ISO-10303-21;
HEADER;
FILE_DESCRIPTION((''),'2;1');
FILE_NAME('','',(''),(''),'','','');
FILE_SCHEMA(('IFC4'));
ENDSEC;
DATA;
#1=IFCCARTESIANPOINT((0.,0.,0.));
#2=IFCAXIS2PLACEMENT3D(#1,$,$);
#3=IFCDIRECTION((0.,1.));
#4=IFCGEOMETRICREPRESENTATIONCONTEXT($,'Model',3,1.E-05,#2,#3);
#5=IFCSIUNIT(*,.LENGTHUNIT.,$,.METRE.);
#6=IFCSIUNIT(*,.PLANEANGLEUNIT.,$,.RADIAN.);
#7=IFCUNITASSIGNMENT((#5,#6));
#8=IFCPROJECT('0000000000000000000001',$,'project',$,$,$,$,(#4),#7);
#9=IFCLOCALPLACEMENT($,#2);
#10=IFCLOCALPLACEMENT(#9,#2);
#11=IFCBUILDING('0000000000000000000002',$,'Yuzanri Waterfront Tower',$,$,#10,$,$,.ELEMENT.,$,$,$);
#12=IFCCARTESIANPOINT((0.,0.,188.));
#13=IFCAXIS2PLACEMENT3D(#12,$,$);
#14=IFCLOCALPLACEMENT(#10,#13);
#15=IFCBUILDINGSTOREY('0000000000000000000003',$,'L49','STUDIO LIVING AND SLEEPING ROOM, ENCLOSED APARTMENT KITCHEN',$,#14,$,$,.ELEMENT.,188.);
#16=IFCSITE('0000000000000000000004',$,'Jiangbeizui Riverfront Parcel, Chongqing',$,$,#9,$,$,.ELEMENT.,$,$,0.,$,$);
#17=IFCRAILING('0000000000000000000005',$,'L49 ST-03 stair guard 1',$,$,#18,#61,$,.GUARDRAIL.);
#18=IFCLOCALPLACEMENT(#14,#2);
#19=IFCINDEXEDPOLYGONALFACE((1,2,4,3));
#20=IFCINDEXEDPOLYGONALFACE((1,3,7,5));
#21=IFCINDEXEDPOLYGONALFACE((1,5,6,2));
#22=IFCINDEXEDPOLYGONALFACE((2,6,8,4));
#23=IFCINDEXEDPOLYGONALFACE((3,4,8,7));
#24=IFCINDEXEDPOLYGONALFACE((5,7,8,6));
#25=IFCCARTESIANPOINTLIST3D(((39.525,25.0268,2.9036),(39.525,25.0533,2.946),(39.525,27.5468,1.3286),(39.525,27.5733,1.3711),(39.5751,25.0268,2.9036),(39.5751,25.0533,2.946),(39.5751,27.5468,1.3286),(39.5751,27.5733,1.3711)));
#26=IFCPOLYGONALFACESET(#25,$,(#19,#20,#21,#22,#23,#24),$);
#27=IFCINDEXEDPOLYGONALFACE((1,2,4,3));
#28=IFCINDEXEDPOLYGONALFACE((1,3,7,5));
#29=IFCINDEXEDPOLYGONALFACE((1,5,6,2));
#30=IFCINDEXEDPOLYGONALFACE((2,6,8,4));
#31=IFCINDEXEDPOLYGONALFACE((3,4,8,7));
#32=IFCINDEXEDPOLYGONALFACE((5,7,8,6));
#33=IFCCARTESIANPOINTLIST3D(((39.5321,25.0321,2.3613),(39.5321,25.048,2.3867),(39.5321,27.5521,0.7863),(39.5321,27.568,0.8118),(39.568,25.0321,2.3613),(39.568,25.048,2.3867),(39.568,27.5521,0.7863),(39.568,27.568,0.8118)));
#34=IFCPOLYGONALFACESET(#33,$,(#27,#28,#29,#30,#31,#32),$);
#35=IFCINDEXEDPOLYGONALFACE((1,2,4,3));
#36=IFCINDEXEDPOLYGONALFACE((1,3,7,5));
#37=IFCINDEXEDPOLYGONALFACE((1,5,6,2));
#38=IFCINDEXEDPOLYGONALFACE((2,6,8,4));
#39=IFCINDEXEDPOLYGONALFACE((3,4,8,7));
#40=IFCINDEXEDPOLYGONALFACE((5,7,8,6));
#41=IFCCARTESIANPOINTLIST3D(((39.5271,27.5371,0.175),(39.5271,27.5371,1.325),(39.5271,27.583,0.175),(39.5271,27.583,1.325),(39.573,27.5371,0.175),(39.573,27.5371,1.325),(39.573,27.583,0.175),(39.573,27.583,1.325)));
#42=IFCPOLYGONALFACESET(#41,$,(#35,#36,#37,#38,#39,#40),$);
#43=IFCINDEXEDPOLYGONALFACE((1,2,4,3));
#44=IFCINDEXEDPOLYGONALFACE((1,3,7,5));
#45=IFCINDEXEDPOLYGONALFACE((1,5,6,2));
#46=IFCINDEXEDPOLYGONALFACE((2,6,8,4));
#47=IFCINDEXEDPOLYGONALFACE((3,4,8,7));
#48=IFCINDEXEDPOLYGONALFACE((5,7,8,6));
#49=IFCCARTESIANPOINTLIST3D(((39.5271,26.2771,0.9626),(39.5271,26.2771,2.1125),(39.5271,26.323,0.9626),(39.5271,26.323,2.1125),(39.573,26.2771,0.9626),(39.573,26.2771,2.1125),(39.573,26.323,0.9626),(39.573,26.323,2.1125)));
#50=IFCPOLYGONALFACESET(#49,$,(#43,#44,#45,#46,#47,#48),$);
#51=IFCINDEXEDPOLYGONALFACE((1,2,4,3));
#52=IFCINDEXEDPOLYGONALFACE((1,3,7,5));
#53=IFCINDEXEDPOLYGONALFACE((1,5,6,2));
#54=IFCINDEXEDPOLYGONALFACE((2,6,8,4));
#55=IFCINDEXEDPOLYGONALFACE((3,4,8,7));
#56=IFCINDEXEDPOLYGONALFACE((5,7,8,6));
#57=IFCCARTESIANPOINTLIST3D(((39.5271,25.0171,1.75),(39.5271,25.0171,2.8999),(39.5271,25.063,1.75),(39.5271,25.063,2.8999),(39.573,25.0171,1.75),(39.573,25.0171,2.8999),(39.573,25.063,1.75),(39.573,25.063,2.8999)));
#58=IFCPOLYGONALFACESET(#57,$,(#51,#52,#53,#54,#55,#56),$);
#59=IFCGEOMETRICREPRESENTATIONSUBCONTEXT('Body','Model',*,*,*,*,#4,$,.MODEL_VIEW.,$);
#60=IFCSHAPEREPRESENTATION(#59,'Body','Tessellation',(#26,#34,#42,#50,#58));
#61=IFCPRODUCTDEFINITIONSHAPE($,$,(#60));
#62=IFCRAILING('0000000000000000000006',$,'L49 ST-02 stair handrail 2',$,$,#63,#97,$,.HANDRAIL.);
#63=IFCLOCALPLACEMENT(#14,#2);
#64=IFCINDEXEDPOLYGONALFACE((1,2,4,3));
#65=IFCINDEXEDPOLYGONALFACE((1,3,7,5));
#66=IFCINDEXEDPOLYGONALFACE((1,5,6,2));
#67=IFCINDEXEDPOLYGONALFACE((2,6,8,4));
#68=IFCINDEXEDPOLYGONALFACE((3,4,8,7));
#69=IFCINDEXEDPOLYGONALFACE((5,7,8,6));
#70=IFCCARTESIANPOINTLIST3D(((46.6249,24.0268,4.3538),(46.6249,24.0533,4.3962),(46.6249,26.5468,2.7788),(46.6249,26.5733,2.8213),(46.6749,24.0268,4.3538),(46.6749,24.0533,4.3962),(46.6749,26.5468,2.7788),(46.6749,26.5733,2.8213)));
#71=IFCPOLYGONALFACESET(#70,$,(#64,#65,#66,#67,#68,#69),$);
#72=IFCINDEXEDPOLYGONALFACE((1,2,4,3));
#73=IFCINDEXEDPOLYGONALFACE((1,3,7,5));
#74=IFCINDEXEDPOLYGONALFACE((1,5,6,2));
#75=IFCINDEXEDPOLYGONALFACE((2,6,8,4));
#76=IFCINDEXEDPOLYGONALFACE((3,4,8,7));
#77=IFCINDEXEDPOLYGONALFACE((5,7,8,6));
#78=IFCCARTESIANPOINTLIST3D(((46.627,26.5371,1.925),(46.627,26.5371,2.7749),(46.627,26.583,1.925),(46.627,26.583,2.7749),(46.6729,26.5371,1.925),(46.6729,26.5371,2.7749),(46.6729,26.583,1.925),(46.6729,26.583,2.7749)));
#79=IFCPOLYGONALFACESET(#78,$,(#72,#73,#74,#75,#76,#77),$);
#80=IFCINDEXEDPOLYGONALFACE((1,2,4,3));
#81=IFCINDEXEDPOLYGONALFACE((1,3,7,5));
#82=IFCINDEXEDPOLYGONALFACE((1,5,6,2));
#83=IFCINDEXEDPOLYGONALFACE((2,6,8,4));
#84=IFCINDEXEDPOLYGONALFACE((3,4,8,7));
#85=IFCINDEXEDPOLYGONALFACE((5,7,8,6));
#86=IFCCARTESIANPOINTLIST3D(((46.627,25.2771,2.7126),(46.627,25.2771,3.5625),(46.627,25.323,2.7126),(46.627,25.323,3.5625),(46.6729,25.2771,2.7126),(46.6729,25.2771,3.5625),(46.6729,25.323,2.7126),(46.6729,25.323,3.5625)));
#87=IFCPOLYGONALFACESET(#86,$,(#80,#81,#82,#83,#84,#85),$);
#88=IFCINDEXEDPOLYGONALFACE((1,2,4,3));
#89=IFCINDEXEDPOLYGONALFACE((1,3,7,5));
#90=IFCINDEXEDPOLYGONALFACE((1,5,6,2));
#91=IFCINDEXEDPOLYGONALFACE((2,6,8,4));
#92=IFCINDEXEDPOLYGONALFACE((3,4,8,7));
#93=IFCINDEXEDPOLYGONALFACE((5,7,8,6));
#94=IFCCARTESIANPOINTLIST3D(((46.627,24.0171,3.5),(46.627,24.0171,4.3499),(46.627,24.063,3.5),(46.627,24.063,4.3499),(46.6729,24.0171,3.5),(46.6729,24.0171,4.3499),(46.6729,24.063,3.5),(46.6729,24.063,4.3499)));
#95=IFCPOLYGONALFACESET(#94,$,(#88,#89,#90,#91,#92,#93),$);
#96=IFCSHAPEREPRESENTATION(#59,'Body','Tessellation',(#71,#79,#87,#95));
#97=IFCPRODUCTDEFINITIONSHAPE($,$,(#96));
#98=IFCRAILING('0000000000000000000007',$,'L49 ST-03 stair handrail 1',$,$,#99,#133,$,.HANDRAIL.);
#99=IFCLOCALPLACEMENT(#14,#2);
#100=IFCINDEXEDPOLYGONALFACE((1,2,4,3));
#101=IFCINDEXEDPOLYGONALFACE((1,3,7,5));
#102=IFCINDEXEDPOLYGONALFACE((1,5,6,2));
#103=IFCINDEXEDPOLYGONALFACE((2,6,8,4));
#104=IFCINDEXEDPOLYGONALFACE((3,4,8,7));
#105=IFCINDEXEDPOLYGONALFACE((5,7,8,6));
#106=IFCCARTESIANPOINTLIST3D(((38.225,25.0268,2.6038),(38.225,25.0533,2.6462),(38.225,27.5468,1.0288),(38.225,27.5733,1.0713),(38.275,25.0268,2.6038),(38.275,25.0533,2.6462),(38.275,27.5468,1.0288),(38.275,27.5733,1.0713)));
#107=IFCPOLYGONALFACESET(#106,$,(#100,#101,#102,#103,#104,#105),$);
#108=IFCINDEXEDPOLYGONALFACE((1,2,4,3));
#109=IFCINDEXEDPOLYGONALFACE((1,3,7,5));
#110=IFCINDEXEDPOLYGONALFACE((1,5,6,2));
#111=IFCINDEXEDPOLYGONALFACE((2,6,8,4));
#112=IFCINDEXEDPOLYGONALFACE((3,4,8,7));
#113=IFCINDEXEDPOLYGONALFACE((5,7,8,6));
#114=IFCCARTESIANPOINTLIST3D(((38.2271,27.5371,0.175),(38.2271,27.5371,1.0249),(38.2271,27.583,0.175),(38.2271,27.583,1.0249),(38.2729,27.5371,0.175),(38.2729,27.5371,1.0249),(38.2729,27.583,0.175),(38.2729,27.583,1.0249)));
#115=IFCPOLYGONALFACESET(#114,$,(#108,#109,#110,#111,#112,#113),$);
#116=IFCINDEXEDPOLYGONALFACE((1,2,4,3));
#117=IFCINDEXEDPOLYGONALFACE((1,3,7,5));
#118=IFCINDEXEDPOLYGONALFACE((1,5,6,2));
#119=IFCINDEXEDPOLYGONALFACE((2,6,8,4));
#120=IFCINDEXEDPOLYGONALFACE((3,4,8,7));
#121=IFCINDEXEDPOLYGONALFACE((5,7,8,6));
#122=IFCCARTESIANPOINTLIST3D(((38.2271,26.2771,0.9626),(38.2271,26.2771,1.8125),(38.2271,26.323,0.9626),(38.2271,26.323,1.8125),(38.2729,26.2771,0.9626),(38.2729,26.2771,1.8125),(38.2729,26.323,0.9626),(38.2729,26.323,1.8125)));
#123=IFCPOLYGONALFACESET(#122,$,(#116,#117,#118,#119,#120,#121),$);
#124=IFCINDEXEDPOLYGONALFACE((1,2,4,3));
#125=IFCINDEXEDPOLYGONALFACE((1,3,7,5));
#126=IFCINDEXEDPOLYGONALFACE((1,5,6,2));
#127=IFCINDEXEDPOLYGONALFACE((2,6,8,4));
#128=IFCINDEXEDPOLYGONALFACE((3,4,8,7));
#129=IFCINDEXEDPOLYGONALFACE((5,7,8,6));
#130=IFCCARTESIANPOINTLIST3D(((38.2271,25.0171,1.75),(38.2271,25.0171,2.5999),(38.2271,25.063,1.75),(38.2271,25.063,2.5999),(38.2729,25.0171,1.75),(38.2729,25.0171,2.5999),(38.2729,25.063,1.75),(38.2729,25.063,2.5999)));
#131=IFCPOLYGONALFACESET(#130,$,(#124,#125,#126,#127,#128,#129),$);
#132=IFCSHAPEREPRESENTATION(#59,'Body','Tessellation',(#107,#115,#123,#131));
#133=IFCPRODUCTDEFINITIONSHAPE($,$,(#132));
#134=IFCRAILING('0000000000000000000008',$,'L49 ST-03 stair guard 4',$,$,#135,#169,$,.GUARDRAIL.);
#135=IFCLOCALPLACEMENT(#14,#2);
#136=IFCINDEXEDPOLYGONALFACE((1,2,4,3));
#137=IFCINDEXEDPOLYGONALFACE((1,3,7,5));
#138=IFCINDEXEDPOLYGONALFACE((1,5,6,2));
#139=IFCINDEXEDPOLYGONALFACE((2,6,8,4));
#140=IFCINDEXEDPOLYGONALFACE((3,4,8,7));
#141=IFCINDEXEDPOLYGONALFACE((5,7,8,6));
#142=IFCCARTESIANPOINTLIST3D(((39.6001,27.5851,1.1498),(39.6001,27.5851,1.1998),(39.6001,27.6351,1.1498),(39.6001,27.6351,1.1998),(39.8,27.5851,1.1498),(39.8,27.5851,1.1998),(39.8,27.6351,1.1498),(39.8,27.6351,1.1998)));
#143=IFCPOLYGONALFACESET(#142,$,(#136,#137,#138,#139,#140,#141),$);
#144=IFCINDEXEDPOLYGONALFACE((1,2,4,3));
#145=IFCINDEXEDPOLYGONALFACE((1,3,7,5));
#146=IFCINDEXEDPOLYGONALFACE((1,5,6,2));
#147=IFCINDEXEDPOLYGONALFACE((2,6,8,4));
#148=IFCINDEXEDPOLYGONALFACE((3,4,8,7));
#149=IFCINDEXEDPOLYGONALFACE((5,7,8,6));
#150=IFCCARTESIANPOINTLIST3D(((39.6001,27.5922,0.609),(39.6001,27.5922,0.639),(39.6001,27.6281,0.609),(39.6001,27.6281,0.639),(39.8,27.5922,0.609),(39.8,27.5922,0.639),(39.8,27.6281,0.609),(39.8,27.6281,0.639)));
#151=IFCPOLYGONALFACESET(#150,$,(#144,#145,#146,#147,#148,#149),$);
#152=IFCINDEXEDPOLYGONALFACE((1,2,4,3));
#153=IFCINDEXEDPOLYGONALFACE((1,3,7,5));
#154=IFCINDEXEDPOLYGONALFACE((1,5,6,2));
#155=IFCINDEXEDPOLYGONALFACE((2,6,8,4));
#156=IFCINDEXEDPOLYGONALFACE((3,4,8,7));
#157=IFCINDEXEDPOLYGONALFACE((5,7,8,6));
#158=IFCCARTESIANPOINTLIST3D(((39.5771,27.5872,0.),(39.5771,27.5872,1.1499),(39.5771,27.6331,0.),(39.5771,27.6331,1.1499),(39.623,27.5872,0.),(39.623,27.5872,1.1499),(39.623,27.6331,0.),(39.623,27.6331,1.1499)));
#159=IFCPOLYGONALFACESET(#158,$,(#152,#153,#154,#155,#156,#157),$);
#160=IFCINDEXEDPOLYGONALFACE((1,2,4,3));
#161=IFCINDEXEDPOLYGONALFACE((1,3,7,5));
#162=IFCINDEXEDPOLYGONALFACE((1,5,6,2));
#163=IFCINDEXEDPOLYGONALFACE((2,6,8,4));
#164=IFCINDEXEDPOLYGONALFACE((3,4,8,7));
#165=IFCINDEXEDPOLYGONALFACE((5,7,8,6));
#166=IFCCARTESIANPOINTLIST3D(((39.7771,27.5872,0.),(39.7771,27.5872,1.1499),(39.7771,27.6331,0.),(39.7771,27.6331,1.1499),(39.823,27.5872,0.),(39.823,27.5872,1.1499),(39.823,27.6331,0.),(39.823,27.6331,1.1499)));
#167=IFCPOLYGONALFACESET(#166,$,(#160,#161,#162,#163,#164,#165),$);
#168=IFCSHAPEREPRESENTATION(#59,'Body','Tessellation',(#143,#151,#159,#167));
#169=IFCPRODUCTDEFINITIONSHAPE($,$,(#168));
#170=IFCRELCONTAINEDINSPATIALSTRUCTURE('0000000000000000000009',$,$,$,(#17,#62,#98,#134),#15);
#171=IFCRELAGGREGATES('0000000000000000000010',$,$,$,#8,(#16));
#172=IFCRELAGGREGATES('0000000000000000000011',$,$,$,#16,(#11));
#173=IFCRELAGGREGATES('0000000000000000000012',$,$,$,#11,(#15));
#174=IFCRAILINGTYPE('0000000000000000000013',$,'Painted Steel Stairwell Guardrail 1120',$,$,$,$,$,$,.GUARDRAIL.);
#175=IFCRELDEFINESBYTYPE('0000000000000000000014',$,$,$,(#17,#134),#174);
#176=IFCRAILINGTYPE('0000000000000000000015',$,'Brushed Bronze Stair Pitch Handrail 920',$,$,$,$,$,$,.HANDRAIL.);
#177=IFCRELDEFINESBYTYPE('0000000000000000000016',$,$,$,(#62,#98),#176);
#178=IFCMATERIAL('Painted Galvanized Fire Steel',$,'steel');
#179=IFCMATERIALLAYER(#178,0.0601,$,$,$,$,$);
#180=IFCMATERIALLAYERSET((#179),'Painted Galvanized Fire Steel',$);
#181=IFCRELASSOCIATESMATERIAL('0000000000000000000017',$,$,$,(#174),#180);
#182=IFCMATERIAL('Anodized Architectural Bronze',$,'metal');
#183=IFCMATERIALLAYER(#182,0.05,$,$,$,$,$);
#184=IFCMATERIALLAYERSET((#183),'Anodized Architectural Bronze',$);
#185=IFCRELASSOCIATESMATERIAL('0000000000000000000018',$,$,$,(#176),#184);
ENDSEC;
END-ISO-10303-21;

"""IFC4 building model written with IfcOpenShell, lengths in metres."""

from ifc_helpers import new_model, si_unit, direction, frame, origin, origin_2d, place, context, subcontext, project, spatial, rectangle, extrude, source, transform, mapped, material, layer, layer_set, type_object, element, save


model = new_model("IFC4")

# Units and contexts
model_context = context("Model", 3, precision=1e-05, world=origin(), true_north=direction((0.0, 1.0)))
body_context = subcontext(model_context, "Body", "Model", "MODEL_VIEW")
ifc_project = project(units=[si_unit("LENGTHUNIT", "METRE"), si_unit("PLANEANGLEUNIT", "RADIAN")], contexts=[model_context])

# Site, building, storey
site_placement = place(None, origin())
site = spatial("IfcSite", under=ifc_project, at=site_placement, Name="Jiangbeizui Riverfront Parcel, Chongqing", CompositionType="ELEMENT", RefElevation=0.0)
building_placement = place(site_placement, origin())
building = spatial("IfcBuilding", under=site, at=building_placement, Name="Yuzanri Waterfront Tower", CompositionType="ELEMENT")
storey_placement = place(building_placement, frame((0.0, 0.0, 188.0)))
storey = spatial("IfcBuildingStorey", under=building, at=storey_placement, Name="L49", Description="STUDIO LIVING AND SLEEPING ROOM, ENCLOSED APARTMENT KITCHEN", CompositionType="ELEMENT", Elevation=188.0)

# Railings
ifc_material_1 = material(Name="Painted Galvanized Fire Steel", Category="steel")
ifc_layer_1 = layer(ifc_material_1, 0.0601)
ifc_layer_set_1 = layer_set([ifc_layer_1], Name="Painted Galvanized Fire Steel")
railing_type_1 = type_object("IfcRailingType", Name="Painted Steel Stairwell Guardrail 1120", PredefinedType="GUARDRAIL", material=ifc_layer_set_1)
shared_shape_1 = source(origin(), body_context, "Body", "SweptSolid", [
    extrude(rectangle(XDim=0.05, YDim=0.05, at=origin_2d()), frame((0.0, 0.0, 1.1748), z_axis=(0.0, -0.848008, 0.529984), x_axis=(1.0, 0.0, 0.0)), (0.0, 0.0, 1.0), 2.9717),
    extrude(rectangle(XDim=0.0359, YDim=0.03, at=origin_2d()), frame((0.0, 0.0, 0.624), z_axis=(0.0, -0.848008, 0.529984), x_axis=(1.0, 0.0, 0.0)), (0.0, 0.0, 1.0), 2.9717),
    extrude(rectangle(XDim=0.0459, YDim=0.0459, at=origin_2d()), origin(), (0.0, 0.0, 1.0), 1.1499),
    extrude(rectangle(XDim=0.0459, YDim=0.0459, at=origin_2d()), frame((0.0, -1.26, 0.7876)), (0.0, 0.0, 1.0), 1.1499),
    extrude(rectangle(XDim=0.0459, YDim=0.0459, at=origin_2d()), frame((0.0, -2.52, 1.575)), (0.0, 0.0, 1.0), 1.1499),
])
for number, where, name in (
    (1, (39.55, 27.5601, 0.175), "L49 ST-03 stair guard 1"),
):
    element("IfcRailing", number, at=place(storey_placement, frame(where)), inside=storey, type_object=railing_type_1, Name=name, PredefinedType="GUARDRAIL", context=body_context, shape_type="MappedRepresentation", body=[
        mapped(shared_shape_1, transform((0.0, 0.0, 0.0), scale=1.0)),
    ])
ifc_material_2 = material(Name="Anodized Architectural Bronze", Category="metal")
ifc_layer_2 = layer(ifc_material_2, 0.05)
ifc_layer_set_2 = layer_set([ifc_layer_2], Name="Anodized Architectural Bronze")
railing_type_2 = type_object("IfcRailingType", Name="Brushed Bronze Stair Pitch Handrail 920", PredefinedType="HANDRAIL", material=ifc_layer_set_2)
shared_shape_2 = source(origin(), body_context, "Body", "SweptSolid", [
    extrude(rectangle(XDim=0.05, YDim=0.05, at=origin_2d()), frame((0.0, 0.0, 0.875), z_axis=(0.0, -0.848008, 0.529984), x_axis=(1.0, 0.0, 0.0)), (0.0, 0.0, 1.0), 2.9717),
    extrude(rectangle(XDim=0.0459, YDim=0.0459, at=origin_2d()), origin(), (0.0, 0.0, 1.0), 0.8499),
    extrude(rectangle(XDim=0.0459, YDim=0.0459, at=origin_2d()), frame((0.0, -1.26, 0.7876)), (0.0, 0.0, 1.0), 0.8499),
    extrude(rectangle(XDim=0.0459, YDim=0.0459, at=origin_2d()), frame((0.0, -2.52, 1.575)), (0.0, 0.0, 1.0), 0.8499),
])
for number, where, name in (
    (2, (46.6499, 26.5601, 1.925), "L49 ST-02 stair handrail 2"),
    (3, (38.25, 27.5601, 0.175), "L49 ST-03 stair handrail 1"),
):
    element("IfcRailing", number, at=place(storey_placement, frame(where)), inside=storey, type_object=railing_type_2, Name=name, PredefinedType="HANDRAIL", context=body_context, shape_type="MappedRepresentation", body=[
        mapped(shared_shape_2, transform((0.0, 0.0, 0.0), scale=1.0)),
    ])
shared_shape_3 = source(origin(), body_context, "Body", "SweptSolid", [
    extrude(rectangle(XDim=0.05, YDim=0.05, at=origin_2d()), frame((0.0, 0.0, 1.1748), z_axis=(1.0, 0.0, 0.0), x_axis=(0.0, 1.0, 0.0)), (0.0, 0.0, 1.0), 0.2),
    extrude(rectangle(XDim=0.0359, YDim=0.03, at=origin_2d()), frame((0.0, 0.0, 0.624), z_axis=(1.0, 0.0, 0.0), x_axis=(0.0, 1.0, 0.0)), (0.0, 0.0, 1.0), 0.2),
    extrude(rectangle(XDim=0.0459, YDim=0.0459, at=origin_2d()), origin(), (0.0, 0.0, 1.0), 1.1499),
    extrude(rectangle(XDim=0.0459, YDim=0.0459, at=origin_2d()), frame((0.2, 0.0, 0.0)), (0.0, 0.0, 1.0), 1.1499),
])
railing_1_placement = place(storey_placement, frame((39.6001, 27.6101, 0.0)))
element("IfcRailing", 4, at=railing_1_placement, inside=storey, type_object=railing_type_1, Name="L49 ST-03 stair guard 4", PredefinedType="GUARDRAIL", context=body_context, shape_type="MappedRepresentation", body=[
    mapped(shared_shape_3, transform((0.0, 0.0, 0.0), scale=1.0)),
])

save(model, "model.ifc")
